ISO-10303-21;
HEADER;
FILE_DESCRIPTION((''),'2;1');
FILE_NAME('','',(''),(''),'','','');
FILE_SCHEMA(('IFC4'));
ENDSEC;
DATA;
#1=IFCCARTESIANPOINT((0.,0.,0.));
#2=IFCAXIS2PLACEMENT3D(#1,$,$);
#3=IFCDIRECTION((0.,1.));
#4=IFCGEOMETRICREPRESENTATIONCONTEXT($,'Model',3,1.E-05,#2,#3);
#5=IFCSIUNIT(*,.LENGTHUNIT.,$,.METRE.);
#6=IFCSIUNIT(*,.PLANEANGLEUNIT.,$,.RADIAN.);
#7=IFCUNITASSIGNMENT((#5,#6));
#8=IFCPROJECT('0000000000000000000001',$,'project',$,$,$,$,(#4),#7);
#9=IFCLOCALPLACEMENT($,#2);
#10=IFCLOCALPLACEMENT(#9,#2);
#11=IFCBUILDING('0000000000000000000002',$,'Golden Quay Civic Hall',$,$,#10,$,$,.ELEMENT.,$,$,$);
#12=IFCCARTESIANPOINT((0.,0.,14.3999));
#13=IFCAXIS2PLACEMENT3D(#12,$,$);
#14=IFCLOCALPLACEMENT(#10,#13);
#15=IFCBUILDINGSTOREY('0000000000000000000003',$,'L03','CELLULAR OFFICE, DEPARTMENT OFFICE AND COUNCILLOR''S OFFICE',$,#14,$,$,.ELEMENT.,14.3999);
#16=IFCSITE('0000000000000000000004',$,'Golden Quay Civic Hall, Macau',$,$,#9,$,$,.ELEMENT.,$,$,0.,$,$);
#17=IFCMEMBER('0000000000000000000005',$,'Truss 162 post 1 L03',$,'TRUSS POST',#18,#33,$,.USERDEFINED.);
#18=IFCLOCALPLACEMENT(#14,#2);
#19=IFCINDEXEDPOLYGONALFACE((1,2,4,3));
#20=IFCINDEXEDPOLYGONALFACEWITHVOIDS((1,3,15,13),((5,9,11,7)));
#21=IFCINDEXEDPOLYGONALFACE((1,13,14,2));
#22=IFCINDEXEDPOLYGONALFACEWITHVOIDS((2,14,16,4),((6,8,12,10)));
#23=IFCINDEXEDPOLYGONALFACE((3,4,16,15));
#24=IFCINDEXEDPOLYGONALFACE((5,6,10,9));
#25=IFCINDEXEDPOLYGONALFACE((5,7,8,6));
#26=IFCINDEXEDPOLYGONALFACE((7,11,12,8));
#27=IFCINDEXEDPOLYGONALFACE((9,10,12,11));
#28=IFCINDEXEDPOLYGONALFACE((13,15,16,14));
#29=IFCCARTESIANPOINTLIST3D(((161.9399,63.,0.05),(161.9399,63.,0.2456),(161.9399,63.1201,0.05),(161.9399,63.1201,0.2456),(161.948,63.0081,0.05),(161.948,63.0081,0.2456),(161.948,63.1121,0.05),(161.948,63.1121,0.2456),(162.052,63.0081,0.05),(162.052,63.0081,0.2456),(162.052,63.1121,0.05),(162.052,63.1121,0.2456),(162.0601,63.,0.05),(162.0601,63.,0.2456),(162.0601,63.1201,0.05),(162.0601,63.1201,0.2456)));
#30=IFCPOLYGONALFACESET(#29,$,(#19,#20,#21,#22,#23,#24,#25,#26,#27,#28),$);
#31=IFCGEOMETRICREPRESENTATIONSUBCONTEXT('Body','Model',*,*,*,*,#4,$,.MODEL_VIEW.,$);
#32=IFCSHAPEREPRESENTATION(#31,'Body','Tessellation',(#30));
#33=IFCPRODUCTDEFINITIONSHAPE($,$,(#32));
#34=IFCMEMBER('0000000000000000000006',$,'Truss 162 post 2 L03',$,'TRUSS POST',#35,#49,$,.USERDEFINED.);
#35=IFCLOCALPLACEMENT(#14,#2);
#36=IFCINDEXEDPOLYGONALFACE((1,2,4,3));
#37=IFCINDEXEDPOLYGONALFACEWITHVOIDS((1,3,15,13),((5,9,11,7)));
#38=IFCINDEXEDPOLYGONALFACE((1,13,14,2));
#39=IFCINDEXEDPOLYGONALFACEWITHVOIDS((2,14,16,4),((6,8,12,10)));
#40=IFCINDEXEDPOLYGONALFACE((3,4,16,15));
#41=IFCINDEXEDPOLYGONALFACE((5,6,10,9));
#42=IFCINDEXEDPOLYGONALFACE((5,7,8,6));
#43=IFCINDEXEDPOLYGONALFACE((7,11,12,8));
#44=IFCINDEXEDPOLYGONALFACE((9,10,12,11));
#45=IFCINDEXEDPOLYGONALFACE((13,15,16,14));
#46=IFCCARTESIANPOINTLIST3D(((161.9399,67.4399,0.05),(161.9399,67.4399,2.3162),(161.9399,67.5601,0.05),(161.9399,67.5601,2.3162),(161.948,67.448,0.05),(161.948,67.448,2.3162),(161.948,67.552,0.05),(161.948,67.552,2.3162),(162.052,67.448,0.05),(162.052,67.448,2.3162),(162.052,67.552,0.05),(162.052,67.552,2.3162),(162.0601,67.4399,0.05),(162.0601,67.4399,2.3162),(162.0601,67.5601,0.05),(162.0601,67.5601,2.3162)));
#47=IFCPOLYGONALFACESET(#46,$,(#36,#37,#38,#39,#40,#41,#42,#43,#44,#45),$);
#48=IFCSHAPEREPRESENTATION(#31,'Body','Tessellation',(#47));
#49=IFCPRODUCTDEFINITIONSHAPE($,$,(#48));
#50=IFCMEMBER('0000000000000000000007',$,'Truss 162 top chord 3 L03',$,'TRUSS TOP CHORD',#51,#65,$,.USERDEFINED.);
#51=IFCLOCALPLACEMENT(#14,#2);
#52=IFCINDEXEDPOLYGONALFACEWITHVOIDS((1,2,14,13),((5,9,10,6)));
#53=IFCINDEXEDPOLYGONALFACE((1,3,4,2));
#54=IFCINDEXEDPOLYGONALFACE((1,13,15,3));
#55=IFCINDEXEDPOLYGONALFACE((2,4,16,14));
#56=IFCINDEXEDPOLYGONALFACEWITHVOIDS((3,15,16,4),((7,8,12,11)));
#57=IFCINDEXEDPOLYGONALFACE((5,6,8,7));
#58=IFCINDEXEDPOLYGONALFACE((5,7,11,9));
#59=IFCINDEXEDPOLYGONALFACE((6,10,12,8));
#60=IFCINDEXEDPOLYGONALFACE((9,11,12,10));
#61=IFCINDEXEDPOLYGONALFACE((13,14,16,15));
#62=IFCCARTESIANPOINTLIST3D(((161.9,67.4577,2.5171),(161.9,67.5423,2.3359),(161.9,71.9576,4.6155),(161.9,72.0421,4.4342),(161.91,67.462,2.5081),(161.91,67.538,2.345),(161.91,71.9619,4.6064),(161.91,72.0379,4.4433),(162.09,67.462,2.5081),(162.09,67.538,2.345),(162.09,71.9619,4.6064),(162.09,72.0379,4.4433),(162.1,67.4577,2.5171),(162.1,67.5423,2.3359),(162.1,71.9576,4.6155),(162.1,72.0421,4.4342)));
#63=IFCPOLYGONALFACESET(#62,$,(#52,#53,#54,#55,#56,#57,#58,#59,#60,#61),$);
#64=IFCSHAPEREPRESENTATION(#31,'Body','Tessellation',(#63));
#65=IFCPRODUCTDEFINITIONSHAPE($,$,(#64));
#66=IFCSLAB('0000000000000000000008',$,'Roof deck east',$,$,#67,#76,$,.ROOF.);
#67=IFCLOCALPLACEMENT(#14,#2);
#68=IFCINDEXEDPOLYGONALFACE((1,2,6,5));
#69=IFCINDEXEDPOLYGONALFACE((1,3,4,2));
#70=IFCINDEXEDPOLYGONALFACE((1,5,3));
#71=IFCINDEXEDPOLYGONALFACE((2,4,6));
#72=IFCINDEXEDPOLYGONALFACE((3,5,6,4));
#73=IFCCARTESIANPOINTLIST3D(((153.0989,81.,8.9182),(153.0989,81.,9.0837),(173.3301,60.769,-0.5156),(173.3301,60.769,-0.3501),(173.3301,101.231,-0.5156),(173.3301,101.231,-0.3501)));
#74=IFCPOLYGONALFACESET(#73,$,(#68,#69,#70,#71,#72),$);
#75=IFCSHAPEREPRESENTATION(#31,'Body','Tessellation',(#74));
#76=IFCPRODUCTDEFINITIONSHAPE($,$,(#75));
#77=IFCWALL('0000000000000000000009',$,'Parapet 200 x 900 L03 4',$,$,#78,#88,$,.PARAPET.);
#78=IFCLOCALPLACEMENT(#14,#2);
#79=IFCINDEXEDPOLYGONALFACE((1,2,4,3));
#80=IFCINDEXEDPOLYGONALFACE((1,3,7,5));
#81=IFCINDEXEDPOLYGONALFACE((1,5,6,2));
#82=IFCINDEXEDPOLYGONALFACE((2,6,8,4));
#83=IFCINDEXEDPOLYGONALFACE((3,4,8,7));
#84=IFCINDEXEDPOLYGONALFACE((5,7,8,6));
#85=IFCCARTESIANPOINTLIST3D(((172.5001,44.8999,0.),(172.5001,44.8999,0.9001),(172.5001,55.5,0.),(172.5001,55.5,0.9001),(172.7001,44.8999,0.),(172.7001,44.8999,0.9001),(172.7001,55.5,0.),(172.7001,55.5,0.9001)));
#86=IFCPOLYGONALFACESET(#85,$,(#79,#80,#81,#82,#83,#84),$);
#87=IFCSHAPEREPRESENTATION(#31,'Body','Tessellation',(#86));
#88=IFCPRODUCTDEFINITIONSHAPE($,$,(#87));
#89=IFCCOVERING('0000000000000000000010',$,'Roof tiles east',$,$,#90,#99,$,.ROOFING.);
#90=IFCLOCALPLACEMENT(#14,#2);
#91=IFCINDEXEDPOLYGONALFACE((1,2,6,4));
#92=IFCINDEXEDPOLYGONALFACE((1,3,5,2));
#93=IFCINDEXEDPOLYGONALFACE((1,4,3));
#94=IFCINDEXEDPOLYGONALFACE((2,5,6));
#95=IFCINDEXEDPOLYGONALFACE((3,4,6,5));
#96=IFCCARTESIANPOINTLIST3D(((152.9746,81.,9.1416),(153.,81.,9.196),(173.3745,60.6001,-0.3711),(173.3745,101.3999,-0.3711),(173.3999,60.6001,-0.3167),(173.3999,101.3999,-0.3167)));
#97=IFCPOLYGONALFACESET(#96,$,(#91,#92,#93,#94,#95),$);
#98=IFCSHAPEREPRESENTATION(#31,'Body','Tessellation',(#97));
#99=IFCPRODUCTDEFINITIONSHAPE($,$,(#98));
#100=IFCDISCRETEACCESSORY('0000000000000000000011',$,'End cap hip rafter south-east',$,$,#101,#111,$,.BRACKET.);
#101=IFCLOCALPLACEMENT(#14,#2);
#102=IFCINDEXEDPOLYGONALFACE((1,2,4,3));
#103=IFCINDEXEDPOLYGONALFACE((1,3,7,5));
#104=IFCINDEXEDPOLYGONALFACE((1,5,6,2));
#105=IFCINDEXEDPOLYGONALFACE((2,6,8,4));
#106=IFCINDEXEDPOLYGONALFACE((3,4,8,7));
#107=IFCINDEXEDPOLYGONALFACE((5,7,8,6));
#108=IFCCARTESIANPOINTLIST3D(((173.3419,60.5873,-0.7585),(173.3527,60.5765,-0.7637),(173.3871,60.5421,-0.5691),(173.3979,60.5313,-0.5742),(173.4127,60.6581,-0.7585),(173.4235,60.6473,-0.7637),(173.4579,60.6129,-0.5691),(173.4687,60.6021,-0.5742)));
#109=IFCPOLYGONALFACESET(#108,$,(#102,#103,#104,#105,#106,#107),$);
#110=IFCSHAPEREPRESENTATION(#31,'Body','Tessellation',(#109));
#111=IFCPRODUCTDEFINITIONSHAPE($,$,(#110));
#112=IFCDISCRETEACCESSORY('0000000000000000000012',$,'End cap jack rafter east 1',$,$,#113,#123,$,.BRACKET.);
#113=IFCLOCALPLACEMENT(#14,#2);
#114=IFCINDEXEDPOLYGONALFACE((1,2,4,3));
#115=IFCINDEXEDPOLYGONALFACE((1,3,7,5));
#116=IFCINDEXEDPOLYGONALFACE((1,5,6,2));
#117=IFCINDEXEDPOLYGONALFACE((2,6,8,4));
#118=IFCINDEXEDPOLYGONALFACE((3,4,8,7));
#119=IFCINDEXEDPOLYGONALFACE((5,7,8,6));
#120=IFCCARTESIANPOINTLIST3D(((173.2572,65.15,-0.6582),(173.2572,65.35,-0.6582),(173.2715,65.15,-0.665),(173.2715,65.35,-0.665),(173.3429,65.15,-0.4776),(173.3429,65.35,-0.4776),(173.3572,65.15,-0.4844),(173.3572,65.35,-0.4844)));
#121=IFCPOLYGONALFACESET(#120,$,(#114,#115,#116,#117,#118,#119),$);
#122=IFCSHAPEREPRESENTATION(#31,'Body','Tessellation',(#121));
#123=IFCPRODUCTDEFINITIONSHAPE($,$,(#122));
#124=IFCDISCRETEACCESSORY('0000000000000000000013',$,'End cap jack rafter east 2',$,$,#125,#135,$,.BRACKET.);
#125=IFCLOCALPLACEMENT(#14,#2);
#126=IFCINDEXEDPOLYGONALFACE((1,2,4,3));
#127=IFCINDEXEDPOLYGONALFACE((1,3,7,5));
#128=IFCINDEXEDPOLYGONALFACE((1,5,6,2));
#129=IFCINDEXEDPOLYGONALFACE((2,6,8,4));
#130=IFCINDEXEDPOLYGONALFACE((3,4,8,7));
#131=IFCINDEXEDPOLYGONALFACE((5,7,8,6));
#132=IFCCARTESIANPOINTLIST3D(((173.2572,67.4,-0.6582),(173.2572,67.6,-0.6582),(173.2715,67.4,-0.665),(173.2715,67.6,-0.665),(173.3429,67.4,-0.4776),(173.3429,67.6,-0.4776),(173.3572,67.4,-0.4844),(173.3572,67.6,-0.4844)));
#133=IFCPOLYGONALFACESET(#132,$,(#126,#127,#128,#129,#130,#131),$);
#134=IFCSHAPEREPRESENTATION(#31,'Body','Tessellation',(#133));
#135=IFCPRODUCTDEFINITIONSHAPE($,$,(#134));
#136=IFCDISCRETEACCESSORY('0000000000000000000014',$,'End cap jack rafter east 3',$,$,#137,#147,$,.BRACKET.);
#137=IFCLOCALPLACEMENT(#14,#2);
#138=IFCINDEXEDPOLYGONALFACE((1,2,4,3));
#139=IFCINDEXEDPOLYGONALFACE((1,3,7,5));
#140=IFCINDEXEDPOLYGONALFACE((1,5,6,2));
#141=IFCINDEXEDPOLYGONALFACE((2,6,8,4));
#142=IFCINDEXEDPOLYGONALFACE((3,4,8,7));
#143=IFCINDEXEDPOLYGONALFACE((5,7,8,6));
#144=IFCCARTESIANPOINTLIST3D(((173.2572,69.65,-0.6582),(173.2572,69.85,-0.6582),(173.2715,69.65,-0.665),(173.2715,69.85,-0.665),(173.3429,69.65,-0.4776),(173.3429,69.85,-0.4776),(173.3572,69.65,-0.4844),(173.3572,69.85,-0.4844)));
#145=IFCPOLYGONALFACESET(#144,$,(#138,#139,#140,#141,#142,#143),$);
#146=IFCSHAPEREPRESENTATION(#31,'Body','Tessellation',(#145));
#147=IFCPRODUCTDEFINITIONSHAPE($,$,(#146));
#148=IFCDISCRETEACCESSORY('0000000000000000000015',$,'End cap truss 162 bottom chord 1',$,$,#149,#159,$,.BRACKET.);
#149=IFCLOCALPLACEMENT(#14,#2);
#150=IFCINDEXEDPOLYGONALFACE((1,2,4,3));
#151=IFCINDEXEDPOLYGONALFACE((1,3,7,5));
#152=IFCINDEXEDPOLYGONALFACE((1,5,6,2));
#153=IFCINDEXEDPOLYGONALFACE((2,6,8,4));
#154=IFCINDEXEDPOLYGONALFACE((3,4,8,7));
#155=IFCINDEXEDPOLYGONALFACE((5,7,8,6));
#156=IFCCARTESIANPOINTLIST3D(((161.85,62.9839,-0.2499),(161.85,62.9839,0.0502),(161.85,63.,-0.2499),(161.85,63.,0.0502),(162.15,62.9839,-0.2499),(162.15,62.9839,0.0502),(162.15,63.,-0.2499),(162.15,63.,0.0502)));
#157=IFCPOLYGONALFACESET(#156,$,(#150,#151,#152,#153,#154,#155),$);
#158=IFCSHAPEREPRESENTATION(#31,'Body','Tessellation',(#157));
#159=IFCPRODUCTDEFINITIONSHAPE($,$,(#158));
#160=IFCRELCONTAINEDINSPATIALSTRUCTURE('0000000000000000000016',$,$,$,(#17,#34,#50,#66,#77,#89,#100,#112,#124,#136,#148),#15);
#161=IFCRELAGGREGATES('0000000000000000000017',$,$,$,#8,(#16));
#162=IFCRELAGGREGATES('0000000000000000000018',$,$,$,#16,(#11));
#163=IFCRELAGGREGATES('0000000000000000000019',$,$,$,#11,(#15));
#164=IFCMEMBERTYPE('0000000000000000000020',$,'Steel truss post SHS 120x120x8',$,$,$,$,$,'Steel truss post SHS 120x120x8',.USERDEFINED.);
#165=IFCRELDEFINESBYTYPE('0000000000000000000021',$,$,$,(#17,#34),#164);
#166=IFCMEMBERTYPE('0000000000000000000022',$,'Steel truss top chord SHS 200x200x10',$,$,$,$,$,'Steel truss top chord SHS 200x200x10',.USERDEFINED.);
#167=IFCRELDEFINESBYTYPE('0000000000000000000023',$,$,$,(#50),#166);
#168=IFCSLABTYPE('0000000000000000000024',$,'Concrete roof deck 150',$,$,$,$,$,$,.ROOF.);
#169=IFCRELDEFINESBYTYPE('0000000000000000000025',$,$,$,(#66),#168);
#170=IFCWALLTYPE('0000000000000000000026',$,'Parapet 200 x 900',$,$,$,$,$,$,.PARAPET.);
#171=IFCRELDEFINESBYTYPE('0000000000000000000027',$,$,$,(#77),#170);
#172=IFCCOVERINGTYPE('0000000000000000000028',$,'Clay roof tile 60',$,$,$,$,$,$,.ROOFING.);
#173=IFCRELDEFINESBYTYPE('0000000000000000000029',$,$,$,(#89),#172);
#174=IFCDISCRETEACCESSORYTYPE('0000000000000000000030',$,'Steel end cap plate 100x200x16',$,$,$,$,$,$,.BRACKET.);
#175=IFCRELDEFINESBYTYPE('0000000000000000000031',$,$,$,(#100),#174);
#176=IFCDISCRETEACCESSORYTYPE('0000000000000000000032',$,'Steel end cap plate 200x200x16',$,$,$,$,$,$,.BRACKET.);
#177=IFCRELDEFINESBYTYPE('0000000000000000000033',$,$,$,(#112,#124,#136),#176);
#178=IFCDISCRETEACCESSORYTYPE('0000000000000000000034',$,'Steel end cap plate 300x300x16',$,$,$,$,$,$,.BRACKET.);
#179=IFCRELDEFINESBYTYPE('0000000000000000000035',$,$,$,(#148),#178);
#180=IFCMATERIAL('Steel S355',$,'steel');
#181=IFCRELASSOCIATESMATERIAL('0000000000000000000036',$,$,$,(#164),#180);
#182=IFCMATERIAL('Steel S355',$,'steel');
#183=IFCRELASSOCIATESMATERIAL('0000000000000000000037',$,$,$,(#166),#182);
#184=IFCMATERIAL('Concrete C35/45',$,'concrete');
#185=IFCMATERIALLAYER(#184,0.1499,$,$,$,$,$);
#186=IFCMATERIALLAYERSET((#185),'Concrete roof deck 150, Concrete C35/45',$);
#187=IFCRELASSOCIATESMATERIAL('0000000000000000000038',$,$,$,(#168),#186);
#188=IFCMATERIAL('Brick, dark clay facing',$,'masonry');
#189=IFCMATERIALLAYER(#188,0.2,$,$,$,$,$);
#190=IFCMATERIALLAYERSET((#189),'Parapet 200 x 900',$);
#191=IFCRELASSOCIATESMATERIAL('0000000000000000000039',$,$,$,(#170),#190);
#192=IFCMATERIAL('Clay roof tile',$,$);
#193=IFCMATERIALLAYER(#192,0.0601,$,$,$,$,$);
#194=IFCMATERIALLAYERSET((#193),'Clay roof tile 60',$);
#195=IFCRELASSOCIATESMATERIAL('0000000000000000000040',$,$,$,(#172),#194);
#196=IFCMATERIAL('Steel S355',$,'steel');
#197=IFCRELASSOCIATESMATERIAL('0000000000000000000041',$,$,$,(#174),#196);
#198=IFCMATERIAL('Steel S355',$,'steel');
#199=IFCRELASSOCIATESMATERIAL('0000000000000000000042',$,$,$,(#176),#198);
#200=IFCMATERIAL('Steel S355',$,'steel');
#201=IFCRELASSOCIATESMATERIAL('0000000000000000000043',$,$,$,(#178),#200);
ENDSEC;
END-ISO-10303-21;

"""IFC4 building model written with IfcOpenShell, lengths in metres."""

from ifc_helpers import new_model, si_unit, direction, frame, frame_2d, origin, origin_2d, place, context, subcontext, project, spatial, polyline, rectangle, hollow_rectangle, outline, extrude, material, layer, layer_set, material_profile, profile_set, type_object, element, save


model = new_model("IFC4")

# Units and contexts
model_context = context("Model", 3, precision=1e-05, world=origin(), true_north=direction((0.0, 1.0)))
body_context = subcontext(model_context, "Body", "Model", "MODEL_VIEW")
ifc_project = project(units=[si_unit("LENGTHUNIT", "METRE"), si_unit("PLANEANGLEUNIT", "RADIAN")], contexts=[model_context])

# Site, building, storey
site_placement = place(None, origin())
site = spatial("IfcSite", under=ifc_project, at=site_placement, Name="Golden Quay Civic Hall, Macau", CompositionType="ELEMENT", RefElevation=0.0)
building_placement = place(site_placement, origin())
building = spatial("IfcBuilding", under=site, at=building_placement, Name="Golden Quay Civic Hall", CompositionType="ELEMENT")
storey_placement = place(building_placement, frame((0.0, 0.0, 14.3999)))
storey = spatial("IfcBuildingStorey", under=building, at=storey_placement, Name="L03", Description="CELLULAR OFFICE, DEPARTMENT OFFICE AND COUNCILLOR'S OFFICE", CompositionType="ELEMENT", Elevation=14.3999)

# Members
ifc_material_1 = material(Name="Steel S355", Category="steel")
ifc_material_profile_1 = material_profile(ifc_material_1, hollow_rectangle(XDim=0.1201, YDim=0.1201, WallThickness=0.0081, at=origin_2d()), Name="SHS 120x120x8")
ifc_profile_set_1 = profile_set([ifc_material_profile_1], Name="Steel S355")
member_type_1 = type_object("IfcMemberType", Name="Steel truss post SHS 120x120x8", ElementType="Steel truss post SHS 120x120x8", PredefinedType="USERDEFINED", material=ifc_profile_set_1)
member_1_placement = place(storey_placement, frame((162.0, 63.0601, 0.05), z_axis=(0.0, 0.0, 1.0), x_axis=(1.0, 0.0, 0.0)))
element("IfcMember", 1, at=member_1_placement, inside=storey, type_object=member_type_1, Name="Truss 162 post 1 L03", ObjectType="TRUSS POST", PredefinedType="USERDEFINED", context=body_context, shape_type="SweptSolid", body=[
    extrude(hollow_rectangle(XDim=0.1201, YDim=0.1201, WallThickness=0.0081, at=origin_2d()), origin(), (0.0, 0.0, 1.0), 0.1956),
])
member_2_placement = place(storey_placement, frame((162.0, 67.5, 0.05), z_axis=(0.0, 0.0, 1.0), x_axis=(1.0, 0.0, 0.0)))
element("IfcMember", 2, at=member_2_placement, inside=storey, type_object=member_type_1, Name="Truss 162 post 2 L03", ObjectType="TRUSS POST", PredefinedType="USERDEFINED", context=body_context, shape_type="SweptSolid", body=[
    extrude(hollow_rectangle(XDim=0.1201, YDim=0.1201, WallThickness=0.0081, at=origin_2d()), origin(), (0.0, 0.0, 1.0), 2.2661),
])
ifc_material_2 = material(Name="Steel S355", Category="steel")
ifc_material_profile_2 = material_profile(ifc_material_2, hollow_rectangle(XDim=0.2, YDim=0.2, WallThickness=0.01, at=origin_2d()), Name="SHS 200x200x10")
ifc_profile_set_2 = profile_set([ifc_material_profile_2], Name="Steel S355")
member_type_2 = type_object("IfcMemberType", Name="Steel truss top chord SHS 200x200x10", ElementType="Steel truss top chord SHS 200x200x10", PredefinedType="USERDEFINED", material=ifc_profile_set_2)
member_3_placement = place(storey_placement, frame((162.0, 67.5, 2.4265), z_axis=(0.0, 0.906307, 0.422619), x_axis=(-1.0, 0.0, 0.0)))
element("IfcMember", 3, at=member_3_placement, inside=storey, type_object=member_type_2, Name="Truss 162 top chord 3 L03", ObjectType="TRUSS TOP CHORD", PredefinedType="USERDEFINED", context=body_context, shape_type="SweptSolid", body=[
    extrude(hollow_rectangle(XDim=0.2, YDim=0.2, WallThickness=0.01, at=origin_2d()), origin(), (0.0, 0.0, 1.0), 4.9651),
])

# Slab
ifc_material_3 = material(Name="Concrete C35/45", Category="concrete")
ifc_layer_1 = layer(ifc_material_3, 0.1499)
ifc_layer_set_1 = layer_set([ifc_layer_1], Name="Concrete roof deck 150, Concrete C35/45")
slab_type = type_object("IfcSlabType", Name="Concrete roof deck 150", PredefinedType="ROOF", material=ifc_layer_set_1)
slab_placement = place(storey_placement, frame((173.3301, 60.769, -0.3501), z_axis=(0.422614, 0.0, 0.90631), x_axis=(-0.671547, 0.671539, 0.313144)))
element("IfcSlab", 4, at=slab_placement, inside=storey, type_object=slab_type, Name="Roof deck east", PredefinedType="ROOF", context=body_context, shape_type="SweptSolid", body=[
    extrude(outline(polyline([(0.0, 0.0), (30.1262, 0.0), (27.1718, -29.981), (0.0, 0.0)])), origin(), (-0.313144, -0.283802, -0.90631), 0.1655),
])

# Wall
ifc_material_4 = material(Name="Brick, dark clay facing", Category="masonry")
ifc_layer_2 = layer(ifc_material_4, 0.2)
ifc_layer_set_2 = layer_set([ifc_layer_2], Name="Parapet 200 x 900")
wall_type = type_object("IfcWallType", Name="Parapet 200 x 900", PredefinedType="PARAPET", material=ifc_layer_set_2)
wall_placement = place(storey_placement, frame((172.6001, 55.5, 0.0), z_axis=(0.0, 0.0, 1.0), x_axis=(0.0, -1.0, 0.0)))
element("IfcWall", 5, at=wall_placement, inside=storey, type_object=wall_type, Name="Parapet 200 x 900 L03 4", PredefinedType="PARAPET", context=body_context, shape_type="SweptSolid", body=[
    extrude(rectangle(XDim=10.6001, YDim=0.2, at=frame_2d((5.3, 0.0))), origin(), (0.0, 0.0, 1.0), 0.9001),
])

# Covering
ifc_material_5 = material(Name="Clay roof tile")
ifc_layer_3 = layer(ifc_material_5, 0.0601)
ifc_layer_set_3 = layer_set([ifc_layer_3], Name="Clay roof tile 60")
covering_type = type_object("IfcCoveringType", Name="Clay roof tile 60", PredefinedType="ROOFING", material=ifc_layer_set_3)
covering_placement = place(storey_placement, frame((173.3999, 60.6001, -0.3167), z_axis=(0.422621, 0.0, 0.906307), x_axis=(0.0, 1.0, 0.0)))
element("IfcCovering", 6, at=covering_placement, inside=storey, type_object=covering_type, Name="Roof tiles east", PredefinedType="ROOFING", context=body_context, shape_type="SweptSolid", body=[
    extrude(outline(polyline([(0.0, 0.0), (40.7998, 0.0), (20.3999, 22.5088), (0.0, 0.0)])), origin(), (0.0, 0.0, -1.0), 0.0601),
])

# Discrete accessories
ifc_material_6 = material(Name="Steel S355", Category="steel")
ifc_material_profile_3 = material_profile(ifc_material_6, rectangle(XDim=0.1001, YDim=0.2, at=origin_2d()), Name="Steel end cap plate 100x200x16")
ifc_profile_set_3 = profile_set([ifc_material_profile_3], Name="Steel S355")
discrete_accessory_type_1 = type_object("IfcDiscreteAccessoryType", Name="Steel end cap plate 100x200x16", PredefinedType="BRACKET", material=ifc_profile_set_3)
discrete_accessory_1_placement = place(storey_placement, frame((173.3999, 60.6001, -0.6638), z_axis=(0.669982, -0.669982, -0.319764), x_axis=(0.707107, 0.707107, 0.0)))
element("IfcDiscreteAccessory", 7, at=discrete_accessory_1_placement, inside=storey, type_object=discrete_accessory_type_1, Name="End cap hip rafter south-east", PredefinedType="BRACKET", context=body_context, shape_type="SweptSolid", body=[
    extrude(rectangle(XDim=0.1001, YDim=0.2, at=origin_2d()), origin(), (0.0, 0.0, 1.0), 0.0161),
])
ifc_material_7 = material(Name="Steel S355", Category="steel")
ifc_material_profile_4 = material_profile(ifc_material_7, rectangle(XDim=0.2, YDim=0.2, at=origin_2d()), Name="Steel end cap plate 200x200x16")
ifc_profile_set_4 = profile_set([ifc_material_profile_4], Name="Steel S355")
discrete_accessory_type_2 = type_object("IfcDiscreteAccessoryType", Name="Steel end cap plate 200x200x16", PredefinedType="BRACKET", material=ifc_profile_set_4)
for number, where, z_axis, x_axis, name in (
    (8, (173.3, 65.25, -0.5679), (0.903426, 0.0, -0.428744), (0.0, 1.0, 0.0), "End cap jack rafter east 1"),
    (9, (173.3, 67.5, -0.5679), (0.903426, 0.0, -0.428744), (0.0, 1.0, 0.0), "End cap jack rafter east 2"),
    (10, (173.3, 69.75, -0.5679), (0.903426, 0.0, -0.428744), (0.0, 1.0, 0.0), "End cap jack rafter east 3"),
):
    element("IfcDiscreteAccessory", number, at=place(storey_placement, frame(where, z_axis=z_axis, x_axis=x_axis)), inside=storey, type_object=discrete_accessory_type_2, Name=name, PredefinedType="BRACKET", context=body_context, shape_type="SweptSolid", body=[
        extrude(rectangle(XDim=0.2, YDim=0.2, at=origin_2d()), origin(), (0.0, 0.0, 1.0), 0.0159),
    ])
ifc_material_8 = material(Name="Steel S355", Category="steel")
ifc_material_profile_5 = material_profile(ifc_material_8, rectangle(XDim=0.3, YDim=0.3, at=origin_2d()), Name="Steel end cap plate 300x300x16")
ifc_profile_set_5 = profile_set([ifc_material_profile_5], Name="Steel S355")
discrete_accessory_type_3 = type_object("IfcDiscreteAccessoryType", Name="Steel end cap plate 300x300x16", PredefinedType="BRACKET", material=ifc_profile_set_5)
discrete_accessory_2_placement = place(storey_placement, frame((162.0, 63.0, -0.0999), z_axis=(0.0, -1.0, 0.0), x_axis=(1.0, 0.0, 0.0)))
element("IfcDiscreteAccessory", 11, at=discrete_accessory_2_placement, inside=storey, type_object=discrete_accessory_type_3, Name="End cap truss 162 bottom chord 1", PredefinedType="BRACKET", context=body_context, shape_type="SweptSolid", body=[
    extrude(rectangle(XDim=0.3, YDim=0.3, at=origin_2d()), origin(), (0.0, 0.0, 1.0), 0.0161),
])

save(model, "model.ifc")
